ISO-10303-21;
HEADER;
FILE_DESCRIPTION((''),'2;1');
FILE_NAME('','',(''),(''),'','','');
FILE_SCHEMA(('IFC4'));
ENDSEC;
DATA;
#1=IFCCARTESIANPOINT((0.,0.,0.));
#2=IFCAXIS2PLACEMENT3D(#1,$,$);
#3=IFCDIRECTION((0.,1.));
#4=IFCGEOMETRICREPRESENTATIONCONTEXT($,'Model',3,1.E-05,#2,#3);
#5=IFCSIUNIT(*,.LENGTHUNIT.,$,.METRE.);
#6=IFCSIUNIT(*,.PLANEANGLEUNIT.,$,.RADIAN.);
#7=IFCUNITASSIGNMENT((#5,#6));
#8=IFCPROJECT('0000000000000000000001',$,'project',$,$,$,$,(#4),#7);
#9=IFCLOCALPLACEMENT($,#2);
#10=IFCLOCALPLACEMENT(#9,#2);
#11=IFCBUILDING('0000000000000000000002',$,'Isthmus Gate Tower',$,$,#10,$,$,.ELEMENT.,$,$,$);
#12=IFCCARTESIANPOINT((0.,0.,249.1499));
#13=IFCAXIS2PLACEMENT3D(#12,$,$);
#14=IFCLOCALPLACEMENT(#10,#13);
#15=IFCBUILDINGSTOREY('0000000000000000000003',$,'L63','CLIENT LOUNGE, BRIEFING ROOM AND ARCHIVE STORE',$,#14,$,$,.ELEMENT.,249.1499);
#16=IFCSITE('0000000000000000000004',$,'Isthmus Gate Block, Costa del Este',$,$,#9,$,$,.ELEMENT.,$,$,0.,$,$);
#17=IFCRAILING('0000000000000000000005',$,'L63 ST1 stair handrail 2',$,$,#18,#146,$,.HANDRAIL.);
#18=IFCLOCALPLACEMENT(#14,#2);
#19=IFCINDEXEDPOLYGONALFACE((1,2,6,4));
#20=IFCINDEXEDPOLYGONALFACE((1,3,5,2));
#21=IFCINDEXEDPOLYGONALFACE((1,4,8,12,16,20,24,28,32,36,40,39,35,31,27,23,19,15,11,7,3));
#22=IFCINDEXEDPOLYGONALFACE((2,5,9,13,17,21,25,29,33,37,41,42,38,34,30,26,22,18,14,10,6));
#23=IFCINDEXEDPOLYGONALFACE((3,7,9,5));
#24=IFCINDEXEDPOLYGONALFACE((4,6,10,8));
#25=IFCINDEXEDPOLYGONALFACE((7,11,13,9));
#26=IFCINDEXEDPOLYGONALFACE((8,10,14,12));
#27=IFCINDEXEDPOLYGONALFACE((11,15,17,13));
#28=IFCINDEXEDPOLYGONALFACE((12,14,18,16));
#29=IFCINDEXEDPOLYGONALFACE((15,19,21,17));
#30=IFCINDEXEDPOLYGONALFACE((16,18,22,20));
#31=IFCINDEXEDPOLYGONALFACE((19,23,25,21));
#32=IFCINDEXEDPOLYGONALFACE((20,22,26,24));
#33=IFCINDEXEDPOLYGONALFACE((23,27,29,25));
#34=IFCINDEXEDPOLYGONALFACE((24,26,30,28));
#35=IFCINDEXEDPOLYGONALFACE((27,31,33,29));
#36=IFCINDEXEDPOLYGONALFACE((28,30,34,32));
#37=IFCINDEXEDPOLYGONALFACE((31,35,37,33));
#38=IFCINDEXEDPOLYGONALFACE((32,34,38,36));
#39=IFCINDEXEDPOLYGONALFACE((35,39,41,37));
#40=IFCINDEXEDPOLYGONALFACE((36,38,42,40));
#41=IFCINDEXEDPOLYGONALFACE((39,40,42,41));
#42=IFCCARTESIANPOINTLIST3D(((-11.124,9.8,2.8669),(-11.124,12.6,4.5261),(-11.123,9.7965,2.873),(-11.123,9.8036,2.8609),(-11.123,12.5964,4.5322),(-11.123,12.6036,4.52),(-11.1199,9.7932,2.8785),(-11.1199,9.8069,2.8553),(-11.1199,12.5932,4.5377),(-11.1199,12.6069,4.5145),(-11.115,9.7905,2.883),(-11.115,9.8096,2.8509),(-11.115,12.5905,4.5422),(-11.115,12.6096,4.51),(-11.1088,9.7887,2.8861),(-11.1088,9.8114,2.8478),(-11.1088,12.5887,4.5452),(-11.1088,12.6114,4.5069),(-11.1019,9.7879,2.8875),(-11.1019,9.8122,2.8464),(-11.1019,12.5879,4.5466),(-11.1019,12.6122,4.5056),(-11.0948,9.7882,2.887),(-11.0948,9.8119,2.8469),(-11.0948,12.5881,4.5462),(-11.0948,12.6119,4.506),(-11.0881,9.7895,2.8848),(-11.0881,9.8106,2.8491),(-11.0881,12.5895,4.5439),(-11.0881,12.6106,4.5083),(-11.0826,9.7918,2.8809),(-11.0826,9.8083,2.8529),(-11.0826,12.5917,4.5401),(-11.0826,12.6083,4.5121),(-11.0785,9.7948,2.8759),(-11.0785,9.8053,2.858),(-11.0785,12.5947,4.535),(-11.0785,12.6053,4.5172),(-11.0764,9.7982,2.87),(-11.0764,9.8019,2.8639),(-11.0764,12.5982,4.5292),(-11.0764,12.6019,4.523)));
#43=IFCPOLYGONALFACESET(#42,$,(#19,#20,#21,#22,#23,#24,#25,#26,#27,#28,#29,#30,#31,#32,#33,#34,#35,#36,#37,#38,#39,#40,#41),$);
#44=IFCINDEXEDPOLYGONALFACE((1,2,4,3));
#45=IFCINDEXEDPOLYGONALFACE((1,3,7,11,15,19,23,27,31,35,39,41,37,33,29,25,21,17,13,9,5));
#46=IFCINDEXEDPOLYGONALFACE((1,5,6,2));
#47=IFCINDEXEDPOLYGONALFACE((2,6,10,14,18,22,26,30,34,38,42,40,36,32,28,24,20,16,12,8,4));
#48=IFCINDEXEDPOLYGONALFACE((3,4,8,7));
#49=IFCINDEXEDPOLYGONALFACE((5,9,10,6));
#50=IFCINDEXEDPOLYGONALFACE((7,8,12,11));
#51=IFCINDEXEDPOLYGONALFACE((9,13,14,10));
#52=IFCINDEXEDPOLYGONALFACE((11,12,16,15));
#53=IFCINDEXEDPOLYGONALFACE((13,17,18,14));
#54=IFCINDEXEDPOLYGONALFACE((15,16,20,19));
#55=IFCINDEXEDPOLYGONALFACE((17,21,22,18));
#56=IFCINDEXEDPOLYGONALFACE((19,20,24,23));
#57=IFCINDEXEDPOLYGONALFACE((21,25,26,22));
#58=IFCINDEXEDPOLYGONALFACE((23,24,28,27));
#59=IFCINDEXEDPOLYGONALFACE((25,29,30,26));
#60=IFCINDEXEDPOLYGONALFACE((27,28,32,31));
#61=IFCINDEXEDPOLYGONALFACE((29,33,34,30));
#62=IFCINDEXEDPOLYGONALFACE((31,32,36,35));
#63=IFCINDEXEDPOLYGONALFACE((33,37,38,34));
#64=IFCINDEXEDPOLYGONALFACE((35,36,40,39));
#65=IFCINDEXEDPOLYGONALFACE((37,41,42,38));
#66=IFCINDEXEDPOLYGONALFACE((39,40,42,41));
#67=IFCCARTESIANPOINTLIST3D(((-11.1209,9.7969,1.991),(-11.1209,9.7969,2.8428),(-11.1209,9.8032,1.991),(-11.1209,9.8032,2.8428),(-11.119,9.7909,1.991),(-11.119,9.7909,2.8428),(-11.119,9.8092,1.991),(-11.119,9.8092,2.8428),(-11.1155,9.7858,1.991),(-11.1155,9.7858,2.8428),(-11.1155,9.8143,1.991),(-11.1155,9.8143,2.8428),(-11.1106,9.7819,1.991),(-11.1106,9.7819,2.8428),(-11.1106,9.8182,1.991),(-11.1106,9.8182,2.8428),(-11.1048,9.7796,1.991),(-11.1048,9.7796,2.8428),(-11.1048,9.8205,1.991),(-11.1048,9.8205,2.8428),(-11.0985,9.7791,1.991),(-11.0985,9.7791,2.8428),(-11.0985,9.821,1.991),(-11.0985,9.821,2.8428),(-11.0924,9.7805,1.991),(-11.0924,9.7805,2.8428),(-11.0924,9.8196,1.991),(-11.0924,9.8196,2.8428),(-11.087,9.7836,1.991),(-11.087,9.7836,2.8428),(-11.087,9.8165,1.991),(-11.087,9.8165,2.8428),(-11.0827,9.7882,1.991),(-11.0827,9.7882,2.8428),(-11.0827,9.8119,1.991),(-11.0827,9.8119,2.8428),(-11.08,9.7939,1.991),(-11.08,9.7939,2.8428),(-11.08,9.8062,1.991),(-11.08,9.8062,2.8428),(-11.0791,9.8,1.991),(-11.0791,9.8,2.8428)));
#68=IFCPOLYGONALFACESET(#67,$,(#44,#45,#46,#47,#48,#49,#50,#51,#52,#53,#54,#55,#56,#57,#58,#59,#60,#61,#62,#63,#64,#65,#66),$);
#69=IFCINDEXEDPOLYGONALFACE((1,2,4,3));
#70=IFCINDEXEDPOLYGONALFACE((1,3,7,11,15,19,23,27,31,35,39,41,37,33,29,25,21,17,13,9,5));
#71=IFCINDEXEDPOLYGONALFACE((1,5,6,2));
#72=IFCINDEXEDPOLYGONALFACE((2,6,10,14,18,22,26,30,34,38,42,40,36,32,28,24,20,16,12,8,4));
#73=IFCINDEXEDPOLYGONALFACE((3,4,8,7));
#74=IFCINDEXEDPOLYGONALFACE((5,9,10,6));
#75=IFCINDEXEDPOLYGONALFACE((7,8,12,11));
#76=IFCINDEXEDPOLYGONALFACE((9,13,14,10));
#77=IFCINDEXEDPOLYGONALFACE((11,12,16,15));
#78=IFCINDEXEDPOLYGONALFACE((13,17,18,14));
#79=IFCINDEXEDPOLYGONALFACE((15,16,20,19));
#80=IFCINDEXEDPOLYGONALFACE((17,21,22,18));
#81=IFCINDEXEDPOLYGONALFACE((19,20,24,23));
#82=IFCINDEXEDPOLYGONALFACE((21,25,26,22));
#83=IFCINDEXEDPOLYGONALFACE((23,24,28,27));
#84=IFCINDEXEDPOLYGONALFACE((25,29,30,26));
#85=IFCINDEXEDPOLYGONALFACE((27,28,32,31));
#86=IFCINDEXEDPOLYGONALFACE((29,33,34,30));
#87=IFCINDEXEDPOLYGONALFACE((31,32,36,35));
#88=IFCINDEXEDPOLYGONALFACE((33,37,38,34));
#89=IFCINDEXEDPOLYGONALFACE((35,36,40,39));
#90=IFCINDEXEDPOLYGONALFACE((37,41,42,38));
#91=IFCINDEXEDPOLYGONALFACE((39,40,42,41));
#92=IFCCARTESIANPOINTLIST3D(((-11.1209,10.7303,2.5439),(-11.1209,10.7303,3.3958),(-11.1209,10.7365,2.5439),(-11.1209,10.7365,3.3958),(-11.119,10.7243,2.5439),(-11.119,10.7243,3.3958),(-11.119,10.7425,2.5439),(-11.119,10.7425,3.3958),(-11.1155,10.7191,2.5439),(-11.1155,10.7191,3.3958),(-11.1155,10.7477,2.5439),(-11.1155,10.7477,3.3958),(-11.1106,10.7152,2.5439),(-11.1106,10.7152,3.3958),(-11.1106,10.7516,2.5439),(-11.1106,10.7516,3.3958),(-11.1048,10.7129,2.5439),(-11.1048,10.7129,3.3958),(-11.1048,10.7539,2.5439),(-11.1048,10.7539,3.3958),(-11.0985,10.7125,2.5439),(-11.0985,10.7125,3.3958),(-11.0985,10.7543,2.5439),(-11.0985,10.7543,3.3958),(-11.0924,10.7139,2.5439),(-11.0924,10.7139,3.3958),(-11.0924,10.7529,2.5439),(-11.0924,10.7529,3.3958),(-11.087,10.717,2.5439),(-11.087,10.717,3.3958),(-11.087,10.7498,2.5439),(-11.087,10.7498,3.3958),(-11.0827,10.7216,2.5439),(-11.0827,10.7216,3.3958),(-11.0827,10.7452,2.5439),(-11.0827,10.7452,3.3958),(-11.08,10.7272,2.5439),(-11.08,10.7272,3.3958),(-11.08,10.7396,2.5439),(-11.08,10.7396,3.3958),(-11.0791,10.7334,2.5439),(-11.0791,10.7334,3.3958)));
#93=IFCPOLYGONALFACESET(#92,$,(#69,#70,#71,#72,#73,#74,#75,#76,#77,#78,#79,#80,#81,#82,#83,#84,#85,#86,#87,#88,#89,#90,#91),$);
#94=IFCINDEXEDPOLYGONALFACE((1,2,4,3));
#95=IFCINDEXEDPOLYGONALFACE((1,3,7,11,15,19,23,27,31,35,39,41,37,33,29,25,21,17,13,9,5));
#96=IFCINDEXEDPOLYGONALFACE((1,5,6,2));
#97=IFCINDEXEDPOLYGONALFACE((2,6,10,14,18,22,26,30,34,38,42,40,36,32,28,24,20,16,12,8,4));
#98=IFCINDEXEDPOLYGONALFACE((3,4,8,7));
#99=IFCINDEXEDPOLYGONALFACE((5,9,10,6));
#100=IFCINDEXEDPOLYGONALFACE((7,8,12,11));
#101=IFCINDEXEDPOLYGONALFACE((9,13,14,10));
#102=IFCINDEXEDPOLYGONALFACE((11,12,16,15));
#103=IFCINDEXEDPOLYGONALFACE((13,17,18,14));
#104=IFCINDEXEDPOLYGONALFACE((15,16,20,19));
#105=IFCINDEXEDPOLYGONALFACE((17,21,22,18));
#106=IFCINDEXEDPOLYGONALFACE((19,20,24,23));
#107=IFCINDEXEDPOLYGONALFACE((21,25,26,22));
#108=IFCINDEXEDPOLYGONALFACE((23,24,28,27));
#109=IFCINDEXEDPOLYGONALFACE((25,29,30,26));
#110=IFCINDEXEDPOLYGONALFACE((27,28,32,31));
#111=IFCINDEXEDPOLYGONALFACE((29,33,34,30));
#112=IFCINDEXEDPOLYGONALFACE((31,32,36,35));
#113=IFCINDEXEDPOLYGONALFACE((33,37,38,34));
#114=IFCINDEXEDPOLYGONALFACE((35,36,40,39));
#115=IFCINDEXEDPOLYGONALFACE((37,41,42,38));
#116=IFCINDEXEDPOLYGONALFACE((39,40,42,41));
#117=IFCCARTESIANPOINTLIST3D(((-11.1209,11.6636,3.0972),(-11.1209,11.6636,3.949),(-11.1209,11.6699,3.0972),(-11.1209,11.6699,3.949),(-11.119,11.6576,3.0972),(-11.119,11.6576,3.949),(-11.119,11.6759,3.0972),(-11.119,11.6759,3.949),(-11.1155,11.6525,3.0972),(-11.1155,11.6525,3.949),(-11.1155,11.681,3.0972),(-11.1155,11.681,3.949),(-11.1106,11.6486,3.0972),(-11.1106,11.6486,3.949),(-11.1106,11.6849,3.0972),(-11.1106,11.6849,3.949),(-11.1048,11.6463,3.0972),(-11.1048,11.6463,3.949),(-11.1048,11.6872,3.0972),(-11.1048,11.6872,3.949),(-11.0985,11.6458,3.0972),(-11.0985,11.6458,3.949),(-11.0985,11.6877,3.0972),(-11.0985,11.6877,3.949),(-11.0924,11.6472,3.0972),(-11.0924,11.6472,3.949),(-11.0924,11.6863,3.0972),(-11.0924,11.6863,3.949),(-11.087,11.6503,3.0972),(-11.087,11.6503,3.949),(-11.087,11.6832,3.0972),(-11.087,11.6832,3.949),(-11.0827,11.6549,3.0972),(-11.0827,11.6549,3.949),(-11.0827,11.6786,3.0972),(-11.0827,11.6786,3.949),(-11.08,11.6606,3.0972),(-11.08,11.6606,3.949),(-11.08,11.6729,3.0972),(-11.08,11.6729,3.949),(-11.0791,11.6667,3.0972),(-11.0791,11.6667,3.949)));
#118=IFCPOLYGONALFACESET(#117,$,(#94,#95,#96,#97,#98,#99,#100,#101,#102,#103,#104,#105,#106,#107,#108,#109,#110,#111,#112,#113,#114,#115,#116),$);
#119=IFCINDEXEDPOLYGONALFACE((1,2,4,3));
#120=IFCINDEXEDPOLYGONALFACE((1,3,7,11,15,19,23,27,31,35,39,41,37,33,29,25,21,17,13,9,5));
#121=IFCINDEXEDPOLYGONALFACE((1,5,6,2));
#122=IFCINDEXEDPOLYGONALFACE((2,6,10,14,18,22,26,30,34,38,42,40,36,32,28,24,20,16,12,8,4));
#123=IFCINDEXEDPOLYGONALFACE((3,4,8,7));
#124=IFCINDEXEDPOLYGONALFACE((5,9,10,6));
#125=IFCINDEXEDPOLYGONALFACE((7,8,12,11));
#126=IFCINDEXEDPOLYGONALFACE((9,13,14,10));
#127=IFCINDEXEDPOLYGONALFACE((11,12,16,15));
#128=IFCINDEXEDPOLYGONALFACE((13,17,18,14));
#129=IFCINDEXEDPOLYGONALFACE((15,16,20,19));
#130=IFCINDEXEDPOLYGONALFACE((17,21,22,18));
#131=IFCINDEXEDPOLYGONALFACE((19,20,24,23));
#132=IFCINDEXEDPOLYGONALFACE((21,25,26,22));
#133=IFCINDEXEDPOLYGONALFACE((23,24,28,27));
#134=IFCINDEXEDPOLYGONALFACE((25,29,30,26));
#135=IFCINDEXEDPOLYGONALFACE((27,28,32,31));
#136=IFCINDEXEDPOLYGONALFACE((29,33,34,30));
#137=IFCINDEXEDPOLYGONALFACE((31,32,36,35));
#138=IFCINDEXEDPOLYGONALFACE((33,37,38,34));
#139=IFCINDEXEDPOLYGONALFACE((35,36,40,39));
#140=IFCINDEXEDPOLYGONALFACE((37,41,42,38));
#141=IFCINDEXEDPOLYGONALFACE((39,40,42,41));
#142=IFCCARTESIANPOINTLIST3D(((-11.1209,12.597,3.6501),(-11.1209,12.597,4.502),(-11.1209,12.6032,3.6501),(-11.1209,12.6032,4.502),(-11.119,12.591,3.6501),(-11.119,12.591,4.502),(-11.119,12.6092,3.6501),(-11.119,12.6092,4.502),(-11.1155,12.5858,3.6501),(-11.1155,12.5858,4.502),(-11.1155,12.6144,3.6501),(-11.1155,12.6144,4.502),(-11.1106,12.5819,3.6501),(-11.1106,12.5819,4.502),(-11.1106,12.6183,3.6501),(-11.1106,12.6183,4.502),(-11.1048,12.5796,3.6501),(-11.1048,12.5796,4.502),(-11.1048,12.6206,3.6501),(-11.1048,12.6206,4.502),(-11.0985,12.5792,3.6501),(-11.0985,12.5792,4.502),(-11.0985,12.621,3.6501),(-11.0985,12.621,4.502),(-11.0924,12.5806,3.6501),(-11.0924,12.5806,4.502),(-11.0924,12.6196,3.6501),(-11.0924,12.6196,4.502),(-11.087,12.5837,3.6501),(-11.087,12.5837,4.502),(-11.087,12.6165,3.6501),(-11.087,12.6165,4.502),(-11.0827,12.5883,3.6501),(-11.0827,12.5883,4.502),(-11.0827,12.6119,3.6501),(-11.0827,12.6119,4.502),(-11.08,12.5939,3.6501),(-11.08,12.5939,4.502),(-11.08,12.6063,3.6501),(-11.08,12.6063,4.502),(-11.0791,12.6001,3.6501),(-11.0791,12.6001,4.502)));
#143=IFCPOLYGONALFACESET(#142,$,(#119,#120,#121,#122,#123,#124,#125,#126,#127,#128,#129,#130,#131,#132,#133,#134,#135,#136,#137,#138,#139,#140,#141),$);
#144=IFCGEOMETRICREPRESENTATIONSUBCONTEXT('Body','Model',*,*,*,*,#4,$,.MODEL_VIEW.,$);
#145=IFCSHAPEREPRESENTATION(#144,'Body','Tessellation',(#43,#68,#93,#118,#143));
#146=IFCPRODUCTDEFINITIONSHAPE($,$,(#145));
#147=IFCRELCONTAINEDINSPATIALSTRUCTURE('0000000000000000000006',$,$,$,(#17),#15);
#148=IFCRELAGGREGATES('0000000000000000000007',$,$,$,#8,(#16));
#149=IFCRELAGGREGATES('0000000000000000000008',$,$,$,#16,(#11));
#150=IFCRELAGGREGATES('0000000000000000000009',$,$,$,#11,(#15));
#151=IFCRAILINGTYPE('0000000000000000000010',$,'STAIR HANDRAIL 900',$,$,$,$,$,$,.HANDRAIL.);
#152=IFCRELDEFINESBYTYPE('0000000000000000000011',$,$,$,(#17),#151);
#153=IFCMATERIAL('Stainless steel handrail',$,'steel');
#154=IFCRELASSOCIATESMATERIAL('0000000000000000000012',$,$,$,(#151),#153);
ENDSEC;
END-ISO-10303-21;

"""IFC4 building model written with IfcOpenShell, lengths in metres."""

from ifc_helpers import new_model, si_unit, direction, frame, origin, origin_2d, place, context, subcontext, project, spatial, circle, extrude, material, type_object, element, save


model = new_model("IFC4")

# Units and contexts
model_context = context("Model", 3, precision=1e-05, world=origin(), true_north=direction((0.0, 1.0)))
body_context = subcontext(model_context, "Body", "Model", "MODEL_VIEW")
ifc_project = project(units=[si_unit("LENGTHUNIT", "METRE"), si_unit("PLANEANGLEUNIT", "RADIAN")], contexts=[model_context])

# Site, building, storey
site_placement = place(None, origin())
site = spatial("IfcSite", under=ifc_project, at=site_placement, Name="Isthmus Gate Block, Costa del Este", CompositionType="ELEMENT", RefElevation=0.0)
building_placement = place(site_placement, origin())
building = spatial("IfcBuilding", under=site, at=building_placement, Name="Isthmus Gate Tower", CompositionType="ELEMENT")
storey_placement = place(building_placement, frame((0.0, 0.0, 249.1499)))
storey = spatial("IfcBuildingStorey", under=building, at=storey_placement, Name="L63", Description="CLIENT LOUNGE, BRIEFING ROOM AND ARCHIVE STORE", CompositionType="ELEMENT", Elevation=249.1499)

# Railing
ifc_material_1 = material(Name="Stainless steel handrail", Category="steel")
railing_type_1 = type_object("IfcRailingType", Name="STAIR HANDRAIL 900", PredefinedType="HANDRAIL", material=ifc_material_1)
railing_1_placement = place(storey_placement, frame((-11.1001, 9.8, 1.991)))
element("IfcRailing", 1, at=railing_1_placement, inside=storey, type_object=railing_type_1, Name="L63 ST1 stair handrail 2", PredefinedType="HANDRAIL", context=body_context, shape_type="SweptSolid", body=[
    extrude(circle(Radius=0.0239, at=origin_2d()), frame((0.0, 0.0, 0.876), z_axis=(0.0, 0.860306, 0.509778), x_axis=(-1.0, 0.0, 0.0)), (0.0, 0.0, 1.0), 3.2546),
    extrude(circle(Radius=0.021, at=origin_2d()), origin(), (0.0, 0.0, 1.0), 0.8518),
    extrude(circle(Radius=0.021, at=origin_2d()), frame((0.0, 0.9333, 0.553)), (0.0, 0.0, 1.0), 0.8518),
    extrude(circle(Radius=0.021, at=origin_2d()), frame((0.0, 1.8667, 1.1062)), (0.0, 0.0, 1.0), 0.8518),
    extrude(circle(Radius=0.021, at=origin_2d()), frame((0.0, 2.8, 1.6592)), (0.0, 0.0, 1.0), 0.8518),
])

save(model, "model.ifc")
